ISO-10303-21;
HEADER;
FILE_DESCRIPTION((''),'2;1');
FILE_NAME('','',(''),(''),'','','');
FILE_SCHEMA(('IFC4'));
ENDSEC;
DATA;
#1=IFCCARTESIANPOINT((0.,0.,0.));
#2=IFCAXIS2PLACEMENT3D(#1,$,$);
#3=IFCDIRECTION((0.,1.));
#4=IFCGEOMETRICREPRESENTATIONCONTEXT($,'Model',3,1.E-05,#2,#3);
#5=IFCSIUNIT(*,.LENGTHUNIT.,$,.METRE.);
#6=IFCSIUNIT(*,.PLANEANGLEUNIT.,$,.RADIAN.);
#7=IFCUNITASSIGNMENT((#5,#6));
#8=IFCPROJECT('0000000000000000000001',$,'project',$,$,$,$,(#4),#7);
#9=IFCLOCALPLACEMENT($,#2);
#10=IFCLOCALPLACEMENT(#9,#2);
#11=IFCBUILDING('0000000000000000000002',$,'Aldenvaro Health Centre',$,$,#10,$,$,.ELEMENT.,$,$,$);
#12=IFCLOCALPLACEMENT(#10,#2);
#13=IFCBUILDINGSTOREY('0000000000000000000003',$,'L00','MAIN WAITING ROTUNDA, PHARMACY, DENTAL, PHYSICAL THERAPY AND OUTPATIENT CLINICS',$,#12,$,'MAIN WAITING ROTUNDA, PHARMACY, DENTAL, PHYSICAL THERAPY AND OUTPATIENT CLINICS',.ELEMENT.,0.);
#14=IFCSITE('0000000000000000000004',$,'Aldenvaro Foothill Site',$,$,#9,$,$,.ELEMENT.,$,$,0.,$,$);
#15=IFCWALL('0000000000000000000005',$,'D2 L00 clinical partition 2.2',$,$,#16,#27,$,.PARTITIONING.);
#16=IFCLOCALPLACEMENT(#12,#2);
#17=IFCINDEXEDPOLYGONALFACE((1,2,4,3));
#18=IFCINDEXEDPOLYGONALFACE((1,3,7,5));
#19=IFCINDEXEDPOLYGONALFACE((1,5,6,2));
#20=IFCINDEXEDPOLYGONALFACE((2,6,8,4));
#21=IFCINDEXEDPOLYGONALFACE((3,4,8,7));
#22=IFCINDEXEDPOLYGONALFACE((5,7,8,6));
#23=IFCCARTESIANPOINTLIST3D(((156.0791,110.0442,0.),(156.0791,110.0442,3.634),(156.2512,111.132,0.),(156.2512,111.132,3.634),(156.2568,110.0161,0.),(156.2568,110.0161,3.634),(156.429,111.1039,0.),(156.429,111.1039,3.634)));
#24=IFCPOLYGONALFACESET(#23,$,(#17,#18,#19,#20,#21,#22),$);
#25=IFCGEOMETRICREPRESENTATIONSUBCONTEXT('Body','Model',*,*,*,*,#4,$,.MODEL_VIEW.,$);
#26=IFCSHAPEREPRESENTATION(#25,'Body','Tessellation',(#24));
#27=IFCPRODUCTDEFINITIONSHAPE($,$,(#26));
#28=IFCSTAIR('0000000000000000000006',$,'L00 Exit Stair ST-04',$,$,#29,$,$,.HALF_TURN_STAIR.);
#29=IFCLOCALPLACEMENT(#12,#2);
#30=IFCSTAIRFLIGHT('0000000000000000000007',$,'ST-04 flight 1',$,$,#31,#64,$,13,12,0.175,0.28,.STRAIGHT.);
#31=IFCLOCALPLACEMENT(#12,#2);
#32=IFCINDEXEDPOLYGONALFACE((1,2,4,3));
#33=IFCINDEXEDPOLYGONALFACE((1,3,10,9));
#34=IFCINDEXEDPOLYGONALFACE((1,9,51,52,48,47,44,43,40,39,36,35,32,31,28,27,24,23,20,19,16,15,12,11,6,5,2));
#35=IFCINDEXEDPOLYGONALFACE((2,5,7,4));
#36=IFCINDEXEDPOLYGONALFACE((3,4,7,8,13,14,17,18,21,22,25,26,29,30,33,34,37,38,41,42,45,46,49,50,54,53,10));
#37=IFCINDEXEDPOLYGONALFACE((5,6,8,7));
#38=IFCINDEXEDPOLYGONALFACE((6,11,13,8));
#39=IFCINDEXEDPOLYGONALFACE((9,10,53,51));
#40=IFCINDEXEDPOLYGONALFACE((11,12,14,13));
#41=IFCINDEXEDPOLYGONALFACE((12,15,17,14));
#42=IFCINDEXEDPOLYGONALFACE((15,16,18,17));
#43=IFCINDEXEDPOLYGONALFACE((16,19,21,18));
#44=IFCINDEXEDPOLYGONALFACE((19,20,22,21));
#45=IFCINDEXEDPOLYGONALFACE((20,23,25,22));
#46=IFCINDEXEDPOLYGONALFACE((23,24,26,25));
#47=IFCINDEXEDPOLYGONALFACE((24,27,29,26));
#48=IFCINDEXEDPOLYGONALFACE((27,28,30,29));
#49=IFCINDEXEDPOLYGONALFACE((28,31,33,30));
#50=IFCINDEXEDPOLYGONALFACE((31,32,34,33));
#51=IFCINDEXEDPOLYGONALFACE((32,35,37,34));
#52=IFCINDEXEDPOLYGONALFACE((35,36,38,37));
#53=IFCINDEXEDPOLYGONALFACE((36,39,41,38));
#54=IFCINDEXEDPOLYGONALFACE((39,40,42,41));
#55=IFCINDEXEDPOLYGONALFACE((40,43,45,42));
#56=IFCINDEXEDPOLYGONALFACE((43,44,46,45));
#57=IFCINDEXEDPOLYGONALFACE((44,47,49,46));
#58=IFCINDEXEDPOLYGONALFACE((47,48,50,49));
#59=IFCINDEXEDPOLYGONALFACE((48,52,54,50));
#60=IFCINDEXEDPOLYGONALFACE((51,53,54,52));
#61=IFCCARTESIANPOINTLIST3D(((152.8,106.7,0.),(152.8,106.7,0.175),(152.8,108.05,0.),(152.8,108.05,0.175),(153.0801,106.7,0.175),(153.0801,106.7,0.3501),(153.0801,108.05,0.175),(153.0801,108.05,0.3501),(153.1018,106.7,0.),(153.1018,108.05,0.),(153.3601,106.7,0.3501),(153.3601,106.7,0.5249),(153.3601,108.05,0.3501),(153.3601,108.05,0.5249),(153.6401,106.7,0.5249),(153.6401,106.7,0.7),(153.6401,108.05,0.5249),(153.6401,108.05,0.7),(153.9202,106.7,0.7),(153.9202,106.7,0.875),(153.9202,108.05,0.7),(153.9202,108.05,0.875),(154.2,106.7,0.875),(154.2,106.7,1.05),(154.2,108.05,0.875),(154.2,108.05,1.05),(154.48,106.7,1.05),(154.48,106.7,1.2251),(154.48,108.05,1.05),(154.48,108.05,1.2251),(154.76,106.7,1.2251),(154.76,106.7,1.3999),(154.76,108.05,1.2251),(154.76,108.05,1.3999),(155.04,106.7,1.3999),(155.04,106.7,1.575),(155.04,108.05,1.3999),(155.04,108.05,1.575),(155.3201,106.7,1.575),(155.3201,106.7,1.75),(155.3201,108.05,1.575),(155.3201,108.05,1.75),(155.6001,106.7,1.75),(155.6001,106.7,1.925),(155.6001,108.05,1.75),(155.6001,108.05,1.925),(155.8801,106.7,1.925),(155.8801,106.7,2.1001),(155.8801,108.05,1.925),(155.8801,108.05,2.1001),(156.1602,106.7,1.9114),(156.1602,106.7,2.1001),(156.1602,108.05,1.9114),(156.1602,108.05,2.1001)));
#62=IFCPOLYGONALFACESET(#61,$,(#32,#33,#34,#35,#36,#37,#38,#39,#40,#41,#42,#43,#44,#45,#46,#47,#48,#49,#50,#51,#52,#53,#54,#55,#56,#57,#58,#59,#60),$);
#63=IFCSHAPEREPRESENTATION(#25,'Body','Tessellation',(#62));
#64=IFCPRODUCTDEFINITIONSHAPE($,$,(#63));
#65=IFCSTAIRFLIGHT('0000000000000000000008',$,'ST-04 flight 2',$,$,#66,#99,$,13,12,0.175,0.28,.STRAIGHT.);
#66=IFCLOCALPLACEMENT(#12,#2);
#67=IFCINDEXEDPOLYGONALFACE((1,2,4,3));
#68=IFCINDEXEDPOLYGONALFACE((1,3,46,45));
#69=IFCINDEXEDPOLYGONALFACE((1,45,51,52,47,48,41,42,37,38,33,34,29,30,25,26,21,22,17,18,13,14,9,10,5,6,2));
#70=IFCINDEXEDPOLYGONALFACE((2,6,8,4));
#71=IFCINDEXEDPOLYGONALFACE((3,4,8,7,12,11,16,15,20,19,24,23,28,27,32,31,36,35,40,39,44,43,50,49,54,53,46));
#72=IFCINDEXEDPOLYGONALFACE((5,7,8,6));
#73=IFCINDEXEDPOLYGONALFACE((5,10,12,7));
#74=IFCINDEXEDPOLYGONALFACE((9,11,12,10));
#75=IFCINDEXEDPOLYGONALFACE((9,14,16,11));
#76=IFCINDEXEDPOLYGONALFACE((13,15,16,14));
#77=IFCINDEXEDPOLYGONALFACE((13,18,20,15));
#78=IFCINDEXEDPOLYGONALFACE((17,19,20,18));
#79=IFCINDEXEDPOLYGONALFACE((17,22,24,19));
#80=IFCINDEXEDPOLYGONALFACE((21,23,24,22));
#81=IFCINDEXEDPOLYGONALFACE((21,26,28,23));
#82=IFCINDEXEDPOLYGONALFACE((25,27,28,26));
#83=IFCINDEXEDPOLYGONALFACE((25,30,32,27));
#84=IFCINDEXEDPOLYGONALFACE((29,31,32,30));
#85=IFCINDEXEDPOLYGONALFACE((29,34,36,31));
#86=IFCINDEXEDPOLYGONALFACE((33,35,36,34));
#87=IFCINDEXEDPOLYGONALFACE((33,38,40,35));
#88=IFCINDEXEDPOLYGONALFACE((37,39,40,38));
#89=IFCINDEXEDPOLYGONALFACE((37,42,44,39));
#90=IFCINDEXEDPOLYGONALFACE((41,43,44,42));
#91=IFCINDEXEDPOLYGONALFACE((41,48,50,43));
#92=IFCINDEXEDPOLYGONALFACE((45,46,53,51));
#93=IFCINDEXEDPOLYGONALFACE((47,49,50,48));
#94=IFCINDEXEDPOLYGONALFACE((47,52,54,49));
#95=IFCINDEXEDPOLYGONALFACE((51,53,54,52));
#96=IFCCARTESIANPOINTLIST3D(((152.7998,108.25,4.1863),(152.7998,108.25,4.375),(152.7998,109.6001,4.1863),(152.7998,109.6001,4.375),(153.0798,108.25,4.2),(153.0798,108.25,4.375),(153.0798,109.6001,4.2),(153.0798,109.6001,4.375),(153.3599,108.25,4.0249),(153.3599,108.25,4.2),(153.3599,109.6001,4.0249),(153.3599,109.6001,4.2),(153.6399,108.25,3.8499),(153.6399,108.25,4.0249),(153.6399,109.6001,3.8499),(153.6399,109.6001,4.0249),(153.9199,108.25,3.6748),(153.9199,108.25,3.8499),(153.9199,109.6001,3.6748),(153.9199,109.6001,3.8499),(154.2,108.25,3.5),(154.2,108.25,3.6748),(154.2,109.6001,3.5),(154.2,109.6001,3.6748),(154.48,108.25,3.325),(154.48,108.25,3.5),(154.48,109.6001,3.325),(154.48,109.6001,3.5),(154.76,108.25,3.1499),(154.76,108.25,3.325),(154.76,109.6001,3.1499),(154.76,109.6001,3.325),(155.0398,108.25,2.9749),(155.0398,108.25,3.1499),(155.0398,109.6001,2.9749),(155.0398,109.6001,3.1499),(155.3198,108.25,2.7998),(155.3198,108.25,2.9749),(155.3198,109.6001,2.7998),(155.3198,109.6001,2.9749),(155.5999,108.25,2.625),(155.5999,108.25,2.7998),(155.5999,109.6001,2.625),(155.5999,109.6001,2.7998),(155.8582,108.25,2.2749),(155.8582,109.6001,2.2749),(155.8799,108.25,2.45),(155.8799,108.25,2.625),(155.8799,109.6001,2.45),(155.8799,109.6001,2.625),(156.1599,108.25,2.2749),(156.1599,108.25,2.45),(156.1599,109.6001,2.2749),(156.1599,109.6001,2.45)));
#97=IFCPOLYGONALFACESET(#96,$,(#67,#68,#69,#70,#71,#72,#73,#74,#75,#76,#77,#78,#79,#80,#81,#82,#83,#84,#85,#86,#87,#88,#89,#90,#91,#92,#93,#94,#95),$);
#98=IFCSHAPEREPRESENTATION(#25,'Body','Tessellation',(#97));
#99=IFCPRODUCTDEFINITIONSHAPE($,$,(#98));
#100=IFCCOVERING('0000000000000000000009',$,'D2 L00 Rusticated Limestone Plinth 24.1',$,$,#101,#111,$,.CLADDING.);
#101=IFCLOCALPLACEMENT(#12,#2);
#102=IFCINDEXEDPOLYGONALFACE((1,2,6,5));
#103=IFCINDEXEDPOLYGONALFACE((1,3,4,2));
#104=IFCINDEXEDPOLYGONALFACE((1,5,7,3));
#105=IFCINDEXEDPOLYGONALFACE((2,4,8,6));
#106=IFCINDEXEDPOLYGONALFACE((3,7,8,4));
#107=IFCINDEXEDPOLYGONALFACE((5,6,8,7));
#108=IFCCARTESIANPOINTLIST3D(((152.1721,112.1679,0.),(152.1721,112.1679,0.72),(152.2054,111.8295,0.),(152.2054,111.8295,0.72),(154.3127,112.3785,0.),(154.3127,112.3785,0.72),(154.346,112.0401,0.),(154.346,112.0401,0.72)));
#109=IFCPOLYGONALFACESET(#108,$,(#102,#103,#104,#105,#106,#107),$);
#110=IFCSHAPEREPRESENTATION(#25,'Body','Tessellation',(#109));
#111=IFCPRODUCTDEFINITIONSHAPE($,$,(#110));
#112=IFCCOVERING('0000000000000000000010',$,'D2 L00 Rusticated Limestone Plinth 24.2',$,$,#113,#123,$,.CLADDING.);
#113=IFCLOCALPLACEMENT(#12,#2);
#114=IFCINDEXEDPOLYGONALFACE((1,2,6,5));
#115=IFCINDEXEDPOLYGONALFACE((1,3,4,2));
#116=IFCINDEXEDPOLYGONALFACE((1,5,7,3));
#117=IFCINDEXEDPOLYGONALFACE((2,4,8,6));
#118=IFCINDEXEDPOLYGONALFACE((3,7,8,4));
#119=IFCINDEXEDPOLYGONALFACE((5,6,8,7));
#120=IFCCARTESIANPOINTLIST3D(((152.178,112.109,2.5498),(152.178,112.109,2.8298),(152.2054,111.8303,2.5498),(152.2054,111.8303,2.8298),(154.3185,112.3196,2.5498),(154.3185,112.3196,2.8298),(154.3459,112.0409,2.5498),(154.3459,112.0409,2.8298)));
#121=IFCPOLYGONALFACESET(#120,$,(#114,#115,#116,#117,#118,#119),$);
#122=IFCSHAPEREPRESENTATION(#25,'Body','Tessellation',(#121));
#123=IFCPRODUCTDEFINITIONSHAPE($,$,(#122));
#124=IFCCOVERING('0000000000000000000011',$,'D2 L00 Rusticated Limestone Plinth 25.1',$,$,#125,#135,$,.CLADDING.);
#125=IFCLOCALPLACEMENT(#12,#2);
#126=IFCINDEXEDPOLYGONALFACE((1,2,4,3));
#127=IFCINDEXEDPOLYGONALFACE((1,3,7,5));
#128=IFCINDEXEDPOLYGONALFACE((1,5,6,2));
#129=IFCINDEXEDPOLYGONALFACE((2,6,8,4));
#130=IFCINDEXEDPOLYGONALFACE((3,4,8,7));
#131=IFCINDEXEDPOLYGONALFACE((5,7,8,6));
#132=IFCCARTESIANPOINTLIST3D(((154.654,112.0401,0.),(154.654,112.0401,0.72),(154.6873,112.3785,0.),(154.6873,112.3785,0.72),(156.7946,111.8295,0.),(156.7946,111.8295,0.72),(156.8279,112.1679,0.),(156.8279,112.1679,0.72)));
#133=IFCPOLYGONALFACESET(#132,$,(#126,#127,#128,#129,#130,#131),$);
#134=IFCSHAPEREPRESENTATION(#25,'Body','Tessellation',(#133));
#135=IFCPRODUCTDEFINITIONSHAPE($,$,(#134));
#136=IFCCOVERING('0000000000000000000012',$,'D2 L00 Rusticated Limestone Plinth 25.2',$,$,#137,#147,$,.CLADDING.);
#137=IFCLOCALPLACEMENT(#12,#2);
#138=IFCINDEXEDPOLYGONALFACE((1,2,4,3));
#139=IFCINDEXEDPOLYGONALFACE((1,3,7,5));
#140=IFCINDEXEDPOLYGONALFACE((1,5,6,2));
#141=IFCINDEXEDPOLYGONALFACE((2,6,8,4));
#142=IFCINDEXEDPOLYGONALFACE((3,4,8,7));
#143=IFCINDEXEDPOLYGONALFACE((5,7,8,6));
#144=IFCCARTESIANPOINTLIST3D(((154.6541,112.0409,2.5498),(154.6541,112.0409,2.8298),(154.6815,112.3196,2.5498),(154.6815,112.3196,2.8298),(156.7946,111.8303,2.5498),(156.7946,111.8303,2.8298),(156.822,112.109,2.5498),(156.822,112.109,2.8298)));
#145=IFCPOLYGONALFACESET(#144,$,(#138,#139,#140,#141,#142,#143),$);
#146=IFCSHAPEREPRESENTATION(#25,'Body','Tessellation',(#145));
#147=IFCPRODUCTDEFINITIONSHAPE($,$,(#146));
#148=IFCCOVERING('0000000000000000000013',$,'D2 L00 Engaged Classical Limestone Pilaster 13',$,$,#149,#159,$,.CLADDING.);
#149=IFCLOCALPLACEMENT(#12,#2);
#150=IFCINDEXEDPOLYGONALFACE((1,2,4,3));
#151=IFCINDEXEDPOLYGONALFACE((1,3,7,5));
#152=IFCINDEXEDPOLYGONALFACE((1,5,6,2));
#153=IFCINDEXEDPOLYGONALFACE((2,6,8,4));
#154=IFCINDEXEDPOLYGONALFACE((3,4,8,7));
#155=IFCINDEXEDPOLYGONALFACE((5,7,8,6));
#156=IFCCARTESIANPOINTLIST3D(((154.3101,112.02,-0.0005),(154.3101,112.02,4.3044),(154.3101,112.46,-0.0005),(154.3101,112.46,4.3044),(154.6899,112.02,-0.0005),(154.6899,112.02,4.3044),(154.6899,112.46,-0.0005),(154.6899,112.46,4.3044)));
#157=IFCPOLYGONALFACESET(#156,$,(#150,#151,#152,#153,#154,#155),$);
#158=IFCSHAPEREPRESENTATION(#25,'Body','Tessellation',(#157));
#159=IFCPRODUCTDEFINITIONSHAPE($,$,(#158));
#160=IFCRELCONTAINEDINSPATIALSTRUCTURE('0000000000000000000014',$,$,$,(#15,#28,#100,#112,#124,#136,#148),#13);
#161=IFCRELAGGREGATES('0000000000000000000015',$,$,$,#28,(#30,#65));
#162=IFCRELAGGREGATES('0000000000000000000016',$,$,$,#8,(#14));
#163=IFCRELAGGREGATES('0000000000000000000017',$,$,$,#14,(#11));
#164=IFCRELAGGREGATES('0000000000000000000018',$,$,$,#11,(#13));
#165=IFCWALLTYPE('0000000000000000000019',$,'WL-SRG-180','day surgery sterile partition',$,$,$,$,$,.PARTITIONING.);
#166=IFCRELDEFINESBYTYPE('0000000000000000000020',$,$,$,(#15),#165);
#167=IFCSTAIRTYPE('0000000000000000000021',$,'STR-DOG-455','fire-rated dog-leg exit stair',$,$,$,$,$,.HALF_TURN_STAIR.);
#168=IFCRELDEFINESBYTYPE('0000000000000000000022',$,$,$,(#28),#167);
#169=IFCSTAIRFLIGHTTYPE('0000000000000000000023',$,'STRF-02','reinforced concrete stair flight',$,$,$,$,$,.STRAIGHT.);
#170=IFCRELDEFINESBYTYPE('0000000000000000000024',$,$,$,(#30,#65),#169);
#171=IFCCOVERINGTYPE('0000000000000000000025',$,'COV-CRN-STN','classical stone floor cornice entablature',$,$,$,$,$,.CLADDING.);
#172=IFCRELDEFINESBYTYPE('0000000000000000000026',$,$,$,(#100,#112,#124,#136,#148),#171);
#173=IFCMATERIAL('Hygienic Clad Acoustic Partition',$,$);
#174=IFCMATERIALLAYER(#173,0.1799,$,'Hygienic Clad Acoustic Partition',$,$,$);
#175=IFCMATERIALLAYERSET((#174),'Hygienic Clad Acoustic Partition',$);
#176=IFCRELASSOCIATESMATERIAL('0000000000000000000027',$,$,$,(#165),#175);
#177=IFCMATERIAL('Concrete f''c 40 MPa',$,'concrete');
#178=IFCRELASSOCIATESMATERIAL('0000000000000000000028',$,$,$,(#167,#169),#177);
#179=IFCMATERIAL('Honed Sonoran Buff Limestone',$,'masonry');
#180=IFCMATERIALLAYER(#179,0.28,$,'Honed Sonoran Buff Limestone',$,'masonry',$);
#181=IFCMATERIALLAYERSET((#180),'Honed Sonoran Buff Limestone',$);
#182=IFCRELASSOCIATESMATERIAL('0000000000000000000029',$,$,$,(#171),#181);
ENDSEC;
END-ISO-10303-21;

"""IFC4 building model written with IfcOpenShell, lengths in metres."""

from ifc_helpers import new_model, si_unit, direction, frame, frame_2d, origin, origin_2d, place, context, subcontext, project, spatial, polyline, rectangle, outline, extrude, material, layer, layer_set, type_object, element, aggregate, save


model = new_model("IFC4")

# Units and contexts
model_context = context("Model", 3, precision=1e-05, world=origin(), true_north=direction((0.0, 1.0)))
body_context = subcontext(model_context, "Body", "Model", "MODEL_VIEW")
ifc_project = project(units=[si_unit("LENGTHUNIT", "METRE"), si_unit("PLANEANGLEUNIT", "RADIAN")], contexts=[model_context])

# Site, building, storey
site_placement = place(None, origin())
site = spatial("IfcSite", under=ifc_project, at=site_placement, Name="Aldenvaro Foothill Site", CompositionType="ELEMENT", RefElevation=0.0)
building_placement = place(site_placement, origin())
building = spatial("IfcBuilding", under=site, at=building_placement, Name="Aldenvaro Health Centre", CompositionType="ELEMENT")
storey_placement = place(building_placement, origin())
storey = spatial("IfcBuildingStorey", under=building, at=storey_placement, Name="L00", Description="MAIN WAITING ROTUNDA, PHARMACY, DENTAL, PHYSICAL THERAPY AND OUTPATIENT CLINICS", LongName="MAIN WAITING ROTUNDA, PHARMACY, DENTAL, PHYSICAL THERAPY AND OUTPATIENT CLINICS", CompositionType="ELEMENT", Elevation=0.0)

# Shared definitions
ifc_material_1 = material(Name="Concrete f'c 40 MPa", Category="concrete")

# Wall
ifc_material_2 = material(Name="Hygienic Clad Acoustic Partition")
ifc_layer_1 = layer(ifc_material_2, 0.1799, Name="Hygienic Clad Acoustic Partition")
ifc_layer_set_1 = layer_set([ifc_layer_1], Name="Hygienic Clad Acoustic Partition")
wall_type_1 = type_object("IfcWallType", Name="WL-SRG-180", Description="day surgery sterile partition", PredefinedType="PARTITIONING", material=ifc_layer_set_1)
wall_1_placement = place(storey_placement, frame((156.168, 110.03, 0.0), z_axis=(0.0, 0.0, 1.0), x_axis=(0.15627, 0.987714, 0.0)))
element("IfcWall", 1, at=wall_1_placement, inside=storey, type_object=wall_type_1, Name="D2 L00 clinical partition 2.2", PredefinedType="PARTITIONING", context=body_context, shape_type="SweptSolid", body=[
    extrude(rectangle(XDim=1.1013, YDim=0.1799, at=frame_2d((0.5508, 0.0))), origin(), (0.0, 0.0, 1.0), 3.634),
])

# Stair, stair flights
stair_type = type_object("IfcStairType", Name="STR-DOG-455", Description="fire-rated dog-leg exit stair", PredefinedType="HALF_TURN_STAIR", material=ifc_material_1)
stair_placement = place(storey_placement, origin())
stair = element("IfcStair", 2, at=stair_placement, inside=storey, type_object=stair_type, Name="L00 Exit Stair ST-04", PredefinedType="HALF_TURN_STAIR")
stair_flight_type = type_object("IfcStairFlightType", Name="STRF-02", Description="reinforced concrete stair flight", PredefinedType="STRAIGHT", material=ifc_material_1)
stair_flight_1_placement = place(storey_placement, frame((152.8, 107.375, 0.0), z_axis=(0.0, 0.0, 1.0), x_axis=(1.0, 0.0, 0.0)))
stair_flight_1 = element("IfcStairFlight", 3, at=stair_flight_1_placement, type_object=stair_flight_type, Name="ST-04 flight 1", NumberOfRisers=13, NumberOfTreads=12, PredefinedType="STRAIGHT", RiserHeight=0.175, TreadLength=0.28, context=body_context, shape_type="SweptSolid", body=[
    extrude(outline(polyline([(0.0, 0.0), (0.0, 0.175), (0.28, 0.175), (0.28, 0.3501), (0.5601, 0.3501), (0.5601, 0.5249), (0.8401, 0.5249), (0.8401, 0.7), (1.1201, 0.7), (1.1201, 0.875), (1.3999, 0.875), (1.3999, 1.05), (1.6799, 1.05), (1.6799, 1.2251), (1.96, 1.2251), (1.96, 1.3999), (2.24, 1.3999), (2.24, 1.575), (2.52, 1.575), (2.52, 1.75), (2.8, 1.75), (2.8, 1.925), (3.0801, 1.925), (3.0801, 2.1001), (3.3601, 2.1001), (3.3601, 2.2749), (3.3601, 1.9114), (0.3018, 0.0), (0.0, 0.0)])), frame((0.0, 0.675, 0.0), z_axis=(0.0, -1.0, 0.0), x_axis=(1.0, 0.0, 0.0)), (0.0, 0.0, 1.0), 1.3501),
])
stair_flight_2_placement = place(storey_placement, frame((156.1599, 108.925, 2.2749), z_axis=(0.0, 0.0, 1.0), x_axis=(-1.0, 0.0, 0.0)))
stair_flight_2 = element("IfcStairFlight", 4, at=stair_flight_2_placement, type_object=stair_flight_type, Name="ST-04 flight 2", NumberOfRisers=13, NumberOfTreads=12, PredefinedType="STRAIGHT", RiserHeight=0.175, TreadLength=0.28, context=body_context, shape_type="SweptSolid", body=[
    extrude(outline(polyline([(0.0, 0.0), (0.0, 0.175), (0.28, 0.175), (0.28, 0.3501), (0.5601, 0.3501), (0.5601, 0.5249), (0.8401, 0.5249), (0.8401, 0.7), (1.1201, 0.7), (1.1201, 0.875), (1.3999, 0.875), (1.3999, 1.05), (1.6799, 1.05), (1.6799, 1.2251), (1.96, 1.2251), (1.96, 1.3999), (2.24, 1.3999), (2.24, 1.575), (2.52, 1.575), (2.52, 1.75), (2.8, 1.75), (2.8, 1.925), (3.0801, 1.925), (3.0801, 2.1001), (3.3601, 2.1001), (3.3601, 2.2749), (3.3601, 1.9114), (0.3018, 0.0), (0.0, 0.0)])), frame((0.0, 0.675, 0.0), z_axis=(0.0, -1.0, 0.0), x_axis=(1.0, 0.0, 0.0)), (0.0, 0.0, 1.0), 1.3501),
])
aggregate(stair, [stair_flight_1, stair_flight_2])

# Coverings
ifc_material_3 = material(Name="Honed Sonoran Buff Limestone", Category="masonry")
ifc_layer_2 = layer(ifc_material_3, 0.28, Name="Honed Sonoran Buff Limestone", Category="masonry")
ifc_layer_set_2 = layer_set([ifc_layer_2], Name="Honed Sonoran Buff Limestone")
covering_type = type_object("IfcCoveringType", Name="COV-CRN-STN", Description="classical stone floor cornice entablature", PredefinedType="CLADDING", material=ifc_layer_set_2)
covering_1_placement = place(storey_placement, frame((153.259, 112.104, 0.0), z_axis=(0.0, 0.0, 1.0), x_axis=(0.995195, 0.097915, 0.0)))
element("IfcCovering", 5, at=covering_1_placement, inside=storey, type_object=covering_type, Name="D2 L00 Rusticated Limestone Plinth 24.1", PredefinedType="CLADDING", context=body_context, shape_type="SweptSolid", body=[
    extrude(rectangle(XDim=2.1509, YDim=0.3401, at=origin_2d()), origin(), (0.0, 0.0, 1.0), 0.72),
])
covering_2_placement = place(storey_placement, frame((153.262, 112.075, 2.5498), z_axis=(0.0, 0.0, 1.0), x_axis=(0.995195, 0.097915, 0.0)))
element("IfcCovering", 6, at=covering_2_placement, inside=storey, type_object=covering_type, Name="D2 L00 Rusticated Limestone Plinth 24.2", PredefinedType="CLADDING", context=body_context, shape_type="SweptSolid", body=[
    extrude(rectangle(XDim=2.1509, YDim=0.28, at=origin_2d()), origin(), (0.0, 0.0, 1.0), 0.28),
])
covering_3_placement = place(storey_placement, frame((155.741, 112.104, 0.0), z_axis=(0.0, 0.0, 1.0), x_axis=(0.995195, -0.097915, 0.0)))
element("IfcCovering", 7, at=covering_3_placement, inside=storey, type_object=covering_type, Name="D2 L00 Rusticated Limestone Plinth 25.1", PredefinedType="CLADDING", context=body_context, shape_type="SweptSolid", body=[
    extrude(rectangle(XDim=2.1509, YDim=0.3401, at=origin_2d()), origin(), (0.0, 0.0, 1.0), 0.72),
])
covering_4_placement = place(storey_placement, frame((155.738, 112.075, 2.5498), z_axis=(0.0, 0.0, 1.0), x_axis=(0.995195, -0.097915, 0.0)))
element("IfcCovering", 8, at=covering_4_placement, inside=storey, type_object=covering_type, Name="D2 L00 Rusticated Limestone Plinth 25.2", PredefinedType="CLADDING", context=body_context, shape_type="SweptSolid", body=[
    extrude(rectangle(XDim=2.1509, YDim=0.28, at=origin_2d()), origin(), (0.0, 0.0, 1.0), 0.28),
])
covering_5_placement = place(storey_placement, frame((154.5, 112.24, -0.0005), z_axis=(0.0, 0.0, 1.0), x_axis=(0.0, 1.0, 0.0)))
element("IfcCovering", 9, at=covering_5_placement, inside=storey, type_object=covering_type, Name="D2 L00 Engaged Classical Limestone Pilaster 13", PredefinedType="CLADDING", context=body_context, shape_type="SweptSolid", body=[
    extrude(rectangle(XDim=0.4399, YDim=0.3799, at=origin_2d()), origin(), (0.0, 0.0, 1.0), 4.3049),
])

save(model, "model.ifc")
